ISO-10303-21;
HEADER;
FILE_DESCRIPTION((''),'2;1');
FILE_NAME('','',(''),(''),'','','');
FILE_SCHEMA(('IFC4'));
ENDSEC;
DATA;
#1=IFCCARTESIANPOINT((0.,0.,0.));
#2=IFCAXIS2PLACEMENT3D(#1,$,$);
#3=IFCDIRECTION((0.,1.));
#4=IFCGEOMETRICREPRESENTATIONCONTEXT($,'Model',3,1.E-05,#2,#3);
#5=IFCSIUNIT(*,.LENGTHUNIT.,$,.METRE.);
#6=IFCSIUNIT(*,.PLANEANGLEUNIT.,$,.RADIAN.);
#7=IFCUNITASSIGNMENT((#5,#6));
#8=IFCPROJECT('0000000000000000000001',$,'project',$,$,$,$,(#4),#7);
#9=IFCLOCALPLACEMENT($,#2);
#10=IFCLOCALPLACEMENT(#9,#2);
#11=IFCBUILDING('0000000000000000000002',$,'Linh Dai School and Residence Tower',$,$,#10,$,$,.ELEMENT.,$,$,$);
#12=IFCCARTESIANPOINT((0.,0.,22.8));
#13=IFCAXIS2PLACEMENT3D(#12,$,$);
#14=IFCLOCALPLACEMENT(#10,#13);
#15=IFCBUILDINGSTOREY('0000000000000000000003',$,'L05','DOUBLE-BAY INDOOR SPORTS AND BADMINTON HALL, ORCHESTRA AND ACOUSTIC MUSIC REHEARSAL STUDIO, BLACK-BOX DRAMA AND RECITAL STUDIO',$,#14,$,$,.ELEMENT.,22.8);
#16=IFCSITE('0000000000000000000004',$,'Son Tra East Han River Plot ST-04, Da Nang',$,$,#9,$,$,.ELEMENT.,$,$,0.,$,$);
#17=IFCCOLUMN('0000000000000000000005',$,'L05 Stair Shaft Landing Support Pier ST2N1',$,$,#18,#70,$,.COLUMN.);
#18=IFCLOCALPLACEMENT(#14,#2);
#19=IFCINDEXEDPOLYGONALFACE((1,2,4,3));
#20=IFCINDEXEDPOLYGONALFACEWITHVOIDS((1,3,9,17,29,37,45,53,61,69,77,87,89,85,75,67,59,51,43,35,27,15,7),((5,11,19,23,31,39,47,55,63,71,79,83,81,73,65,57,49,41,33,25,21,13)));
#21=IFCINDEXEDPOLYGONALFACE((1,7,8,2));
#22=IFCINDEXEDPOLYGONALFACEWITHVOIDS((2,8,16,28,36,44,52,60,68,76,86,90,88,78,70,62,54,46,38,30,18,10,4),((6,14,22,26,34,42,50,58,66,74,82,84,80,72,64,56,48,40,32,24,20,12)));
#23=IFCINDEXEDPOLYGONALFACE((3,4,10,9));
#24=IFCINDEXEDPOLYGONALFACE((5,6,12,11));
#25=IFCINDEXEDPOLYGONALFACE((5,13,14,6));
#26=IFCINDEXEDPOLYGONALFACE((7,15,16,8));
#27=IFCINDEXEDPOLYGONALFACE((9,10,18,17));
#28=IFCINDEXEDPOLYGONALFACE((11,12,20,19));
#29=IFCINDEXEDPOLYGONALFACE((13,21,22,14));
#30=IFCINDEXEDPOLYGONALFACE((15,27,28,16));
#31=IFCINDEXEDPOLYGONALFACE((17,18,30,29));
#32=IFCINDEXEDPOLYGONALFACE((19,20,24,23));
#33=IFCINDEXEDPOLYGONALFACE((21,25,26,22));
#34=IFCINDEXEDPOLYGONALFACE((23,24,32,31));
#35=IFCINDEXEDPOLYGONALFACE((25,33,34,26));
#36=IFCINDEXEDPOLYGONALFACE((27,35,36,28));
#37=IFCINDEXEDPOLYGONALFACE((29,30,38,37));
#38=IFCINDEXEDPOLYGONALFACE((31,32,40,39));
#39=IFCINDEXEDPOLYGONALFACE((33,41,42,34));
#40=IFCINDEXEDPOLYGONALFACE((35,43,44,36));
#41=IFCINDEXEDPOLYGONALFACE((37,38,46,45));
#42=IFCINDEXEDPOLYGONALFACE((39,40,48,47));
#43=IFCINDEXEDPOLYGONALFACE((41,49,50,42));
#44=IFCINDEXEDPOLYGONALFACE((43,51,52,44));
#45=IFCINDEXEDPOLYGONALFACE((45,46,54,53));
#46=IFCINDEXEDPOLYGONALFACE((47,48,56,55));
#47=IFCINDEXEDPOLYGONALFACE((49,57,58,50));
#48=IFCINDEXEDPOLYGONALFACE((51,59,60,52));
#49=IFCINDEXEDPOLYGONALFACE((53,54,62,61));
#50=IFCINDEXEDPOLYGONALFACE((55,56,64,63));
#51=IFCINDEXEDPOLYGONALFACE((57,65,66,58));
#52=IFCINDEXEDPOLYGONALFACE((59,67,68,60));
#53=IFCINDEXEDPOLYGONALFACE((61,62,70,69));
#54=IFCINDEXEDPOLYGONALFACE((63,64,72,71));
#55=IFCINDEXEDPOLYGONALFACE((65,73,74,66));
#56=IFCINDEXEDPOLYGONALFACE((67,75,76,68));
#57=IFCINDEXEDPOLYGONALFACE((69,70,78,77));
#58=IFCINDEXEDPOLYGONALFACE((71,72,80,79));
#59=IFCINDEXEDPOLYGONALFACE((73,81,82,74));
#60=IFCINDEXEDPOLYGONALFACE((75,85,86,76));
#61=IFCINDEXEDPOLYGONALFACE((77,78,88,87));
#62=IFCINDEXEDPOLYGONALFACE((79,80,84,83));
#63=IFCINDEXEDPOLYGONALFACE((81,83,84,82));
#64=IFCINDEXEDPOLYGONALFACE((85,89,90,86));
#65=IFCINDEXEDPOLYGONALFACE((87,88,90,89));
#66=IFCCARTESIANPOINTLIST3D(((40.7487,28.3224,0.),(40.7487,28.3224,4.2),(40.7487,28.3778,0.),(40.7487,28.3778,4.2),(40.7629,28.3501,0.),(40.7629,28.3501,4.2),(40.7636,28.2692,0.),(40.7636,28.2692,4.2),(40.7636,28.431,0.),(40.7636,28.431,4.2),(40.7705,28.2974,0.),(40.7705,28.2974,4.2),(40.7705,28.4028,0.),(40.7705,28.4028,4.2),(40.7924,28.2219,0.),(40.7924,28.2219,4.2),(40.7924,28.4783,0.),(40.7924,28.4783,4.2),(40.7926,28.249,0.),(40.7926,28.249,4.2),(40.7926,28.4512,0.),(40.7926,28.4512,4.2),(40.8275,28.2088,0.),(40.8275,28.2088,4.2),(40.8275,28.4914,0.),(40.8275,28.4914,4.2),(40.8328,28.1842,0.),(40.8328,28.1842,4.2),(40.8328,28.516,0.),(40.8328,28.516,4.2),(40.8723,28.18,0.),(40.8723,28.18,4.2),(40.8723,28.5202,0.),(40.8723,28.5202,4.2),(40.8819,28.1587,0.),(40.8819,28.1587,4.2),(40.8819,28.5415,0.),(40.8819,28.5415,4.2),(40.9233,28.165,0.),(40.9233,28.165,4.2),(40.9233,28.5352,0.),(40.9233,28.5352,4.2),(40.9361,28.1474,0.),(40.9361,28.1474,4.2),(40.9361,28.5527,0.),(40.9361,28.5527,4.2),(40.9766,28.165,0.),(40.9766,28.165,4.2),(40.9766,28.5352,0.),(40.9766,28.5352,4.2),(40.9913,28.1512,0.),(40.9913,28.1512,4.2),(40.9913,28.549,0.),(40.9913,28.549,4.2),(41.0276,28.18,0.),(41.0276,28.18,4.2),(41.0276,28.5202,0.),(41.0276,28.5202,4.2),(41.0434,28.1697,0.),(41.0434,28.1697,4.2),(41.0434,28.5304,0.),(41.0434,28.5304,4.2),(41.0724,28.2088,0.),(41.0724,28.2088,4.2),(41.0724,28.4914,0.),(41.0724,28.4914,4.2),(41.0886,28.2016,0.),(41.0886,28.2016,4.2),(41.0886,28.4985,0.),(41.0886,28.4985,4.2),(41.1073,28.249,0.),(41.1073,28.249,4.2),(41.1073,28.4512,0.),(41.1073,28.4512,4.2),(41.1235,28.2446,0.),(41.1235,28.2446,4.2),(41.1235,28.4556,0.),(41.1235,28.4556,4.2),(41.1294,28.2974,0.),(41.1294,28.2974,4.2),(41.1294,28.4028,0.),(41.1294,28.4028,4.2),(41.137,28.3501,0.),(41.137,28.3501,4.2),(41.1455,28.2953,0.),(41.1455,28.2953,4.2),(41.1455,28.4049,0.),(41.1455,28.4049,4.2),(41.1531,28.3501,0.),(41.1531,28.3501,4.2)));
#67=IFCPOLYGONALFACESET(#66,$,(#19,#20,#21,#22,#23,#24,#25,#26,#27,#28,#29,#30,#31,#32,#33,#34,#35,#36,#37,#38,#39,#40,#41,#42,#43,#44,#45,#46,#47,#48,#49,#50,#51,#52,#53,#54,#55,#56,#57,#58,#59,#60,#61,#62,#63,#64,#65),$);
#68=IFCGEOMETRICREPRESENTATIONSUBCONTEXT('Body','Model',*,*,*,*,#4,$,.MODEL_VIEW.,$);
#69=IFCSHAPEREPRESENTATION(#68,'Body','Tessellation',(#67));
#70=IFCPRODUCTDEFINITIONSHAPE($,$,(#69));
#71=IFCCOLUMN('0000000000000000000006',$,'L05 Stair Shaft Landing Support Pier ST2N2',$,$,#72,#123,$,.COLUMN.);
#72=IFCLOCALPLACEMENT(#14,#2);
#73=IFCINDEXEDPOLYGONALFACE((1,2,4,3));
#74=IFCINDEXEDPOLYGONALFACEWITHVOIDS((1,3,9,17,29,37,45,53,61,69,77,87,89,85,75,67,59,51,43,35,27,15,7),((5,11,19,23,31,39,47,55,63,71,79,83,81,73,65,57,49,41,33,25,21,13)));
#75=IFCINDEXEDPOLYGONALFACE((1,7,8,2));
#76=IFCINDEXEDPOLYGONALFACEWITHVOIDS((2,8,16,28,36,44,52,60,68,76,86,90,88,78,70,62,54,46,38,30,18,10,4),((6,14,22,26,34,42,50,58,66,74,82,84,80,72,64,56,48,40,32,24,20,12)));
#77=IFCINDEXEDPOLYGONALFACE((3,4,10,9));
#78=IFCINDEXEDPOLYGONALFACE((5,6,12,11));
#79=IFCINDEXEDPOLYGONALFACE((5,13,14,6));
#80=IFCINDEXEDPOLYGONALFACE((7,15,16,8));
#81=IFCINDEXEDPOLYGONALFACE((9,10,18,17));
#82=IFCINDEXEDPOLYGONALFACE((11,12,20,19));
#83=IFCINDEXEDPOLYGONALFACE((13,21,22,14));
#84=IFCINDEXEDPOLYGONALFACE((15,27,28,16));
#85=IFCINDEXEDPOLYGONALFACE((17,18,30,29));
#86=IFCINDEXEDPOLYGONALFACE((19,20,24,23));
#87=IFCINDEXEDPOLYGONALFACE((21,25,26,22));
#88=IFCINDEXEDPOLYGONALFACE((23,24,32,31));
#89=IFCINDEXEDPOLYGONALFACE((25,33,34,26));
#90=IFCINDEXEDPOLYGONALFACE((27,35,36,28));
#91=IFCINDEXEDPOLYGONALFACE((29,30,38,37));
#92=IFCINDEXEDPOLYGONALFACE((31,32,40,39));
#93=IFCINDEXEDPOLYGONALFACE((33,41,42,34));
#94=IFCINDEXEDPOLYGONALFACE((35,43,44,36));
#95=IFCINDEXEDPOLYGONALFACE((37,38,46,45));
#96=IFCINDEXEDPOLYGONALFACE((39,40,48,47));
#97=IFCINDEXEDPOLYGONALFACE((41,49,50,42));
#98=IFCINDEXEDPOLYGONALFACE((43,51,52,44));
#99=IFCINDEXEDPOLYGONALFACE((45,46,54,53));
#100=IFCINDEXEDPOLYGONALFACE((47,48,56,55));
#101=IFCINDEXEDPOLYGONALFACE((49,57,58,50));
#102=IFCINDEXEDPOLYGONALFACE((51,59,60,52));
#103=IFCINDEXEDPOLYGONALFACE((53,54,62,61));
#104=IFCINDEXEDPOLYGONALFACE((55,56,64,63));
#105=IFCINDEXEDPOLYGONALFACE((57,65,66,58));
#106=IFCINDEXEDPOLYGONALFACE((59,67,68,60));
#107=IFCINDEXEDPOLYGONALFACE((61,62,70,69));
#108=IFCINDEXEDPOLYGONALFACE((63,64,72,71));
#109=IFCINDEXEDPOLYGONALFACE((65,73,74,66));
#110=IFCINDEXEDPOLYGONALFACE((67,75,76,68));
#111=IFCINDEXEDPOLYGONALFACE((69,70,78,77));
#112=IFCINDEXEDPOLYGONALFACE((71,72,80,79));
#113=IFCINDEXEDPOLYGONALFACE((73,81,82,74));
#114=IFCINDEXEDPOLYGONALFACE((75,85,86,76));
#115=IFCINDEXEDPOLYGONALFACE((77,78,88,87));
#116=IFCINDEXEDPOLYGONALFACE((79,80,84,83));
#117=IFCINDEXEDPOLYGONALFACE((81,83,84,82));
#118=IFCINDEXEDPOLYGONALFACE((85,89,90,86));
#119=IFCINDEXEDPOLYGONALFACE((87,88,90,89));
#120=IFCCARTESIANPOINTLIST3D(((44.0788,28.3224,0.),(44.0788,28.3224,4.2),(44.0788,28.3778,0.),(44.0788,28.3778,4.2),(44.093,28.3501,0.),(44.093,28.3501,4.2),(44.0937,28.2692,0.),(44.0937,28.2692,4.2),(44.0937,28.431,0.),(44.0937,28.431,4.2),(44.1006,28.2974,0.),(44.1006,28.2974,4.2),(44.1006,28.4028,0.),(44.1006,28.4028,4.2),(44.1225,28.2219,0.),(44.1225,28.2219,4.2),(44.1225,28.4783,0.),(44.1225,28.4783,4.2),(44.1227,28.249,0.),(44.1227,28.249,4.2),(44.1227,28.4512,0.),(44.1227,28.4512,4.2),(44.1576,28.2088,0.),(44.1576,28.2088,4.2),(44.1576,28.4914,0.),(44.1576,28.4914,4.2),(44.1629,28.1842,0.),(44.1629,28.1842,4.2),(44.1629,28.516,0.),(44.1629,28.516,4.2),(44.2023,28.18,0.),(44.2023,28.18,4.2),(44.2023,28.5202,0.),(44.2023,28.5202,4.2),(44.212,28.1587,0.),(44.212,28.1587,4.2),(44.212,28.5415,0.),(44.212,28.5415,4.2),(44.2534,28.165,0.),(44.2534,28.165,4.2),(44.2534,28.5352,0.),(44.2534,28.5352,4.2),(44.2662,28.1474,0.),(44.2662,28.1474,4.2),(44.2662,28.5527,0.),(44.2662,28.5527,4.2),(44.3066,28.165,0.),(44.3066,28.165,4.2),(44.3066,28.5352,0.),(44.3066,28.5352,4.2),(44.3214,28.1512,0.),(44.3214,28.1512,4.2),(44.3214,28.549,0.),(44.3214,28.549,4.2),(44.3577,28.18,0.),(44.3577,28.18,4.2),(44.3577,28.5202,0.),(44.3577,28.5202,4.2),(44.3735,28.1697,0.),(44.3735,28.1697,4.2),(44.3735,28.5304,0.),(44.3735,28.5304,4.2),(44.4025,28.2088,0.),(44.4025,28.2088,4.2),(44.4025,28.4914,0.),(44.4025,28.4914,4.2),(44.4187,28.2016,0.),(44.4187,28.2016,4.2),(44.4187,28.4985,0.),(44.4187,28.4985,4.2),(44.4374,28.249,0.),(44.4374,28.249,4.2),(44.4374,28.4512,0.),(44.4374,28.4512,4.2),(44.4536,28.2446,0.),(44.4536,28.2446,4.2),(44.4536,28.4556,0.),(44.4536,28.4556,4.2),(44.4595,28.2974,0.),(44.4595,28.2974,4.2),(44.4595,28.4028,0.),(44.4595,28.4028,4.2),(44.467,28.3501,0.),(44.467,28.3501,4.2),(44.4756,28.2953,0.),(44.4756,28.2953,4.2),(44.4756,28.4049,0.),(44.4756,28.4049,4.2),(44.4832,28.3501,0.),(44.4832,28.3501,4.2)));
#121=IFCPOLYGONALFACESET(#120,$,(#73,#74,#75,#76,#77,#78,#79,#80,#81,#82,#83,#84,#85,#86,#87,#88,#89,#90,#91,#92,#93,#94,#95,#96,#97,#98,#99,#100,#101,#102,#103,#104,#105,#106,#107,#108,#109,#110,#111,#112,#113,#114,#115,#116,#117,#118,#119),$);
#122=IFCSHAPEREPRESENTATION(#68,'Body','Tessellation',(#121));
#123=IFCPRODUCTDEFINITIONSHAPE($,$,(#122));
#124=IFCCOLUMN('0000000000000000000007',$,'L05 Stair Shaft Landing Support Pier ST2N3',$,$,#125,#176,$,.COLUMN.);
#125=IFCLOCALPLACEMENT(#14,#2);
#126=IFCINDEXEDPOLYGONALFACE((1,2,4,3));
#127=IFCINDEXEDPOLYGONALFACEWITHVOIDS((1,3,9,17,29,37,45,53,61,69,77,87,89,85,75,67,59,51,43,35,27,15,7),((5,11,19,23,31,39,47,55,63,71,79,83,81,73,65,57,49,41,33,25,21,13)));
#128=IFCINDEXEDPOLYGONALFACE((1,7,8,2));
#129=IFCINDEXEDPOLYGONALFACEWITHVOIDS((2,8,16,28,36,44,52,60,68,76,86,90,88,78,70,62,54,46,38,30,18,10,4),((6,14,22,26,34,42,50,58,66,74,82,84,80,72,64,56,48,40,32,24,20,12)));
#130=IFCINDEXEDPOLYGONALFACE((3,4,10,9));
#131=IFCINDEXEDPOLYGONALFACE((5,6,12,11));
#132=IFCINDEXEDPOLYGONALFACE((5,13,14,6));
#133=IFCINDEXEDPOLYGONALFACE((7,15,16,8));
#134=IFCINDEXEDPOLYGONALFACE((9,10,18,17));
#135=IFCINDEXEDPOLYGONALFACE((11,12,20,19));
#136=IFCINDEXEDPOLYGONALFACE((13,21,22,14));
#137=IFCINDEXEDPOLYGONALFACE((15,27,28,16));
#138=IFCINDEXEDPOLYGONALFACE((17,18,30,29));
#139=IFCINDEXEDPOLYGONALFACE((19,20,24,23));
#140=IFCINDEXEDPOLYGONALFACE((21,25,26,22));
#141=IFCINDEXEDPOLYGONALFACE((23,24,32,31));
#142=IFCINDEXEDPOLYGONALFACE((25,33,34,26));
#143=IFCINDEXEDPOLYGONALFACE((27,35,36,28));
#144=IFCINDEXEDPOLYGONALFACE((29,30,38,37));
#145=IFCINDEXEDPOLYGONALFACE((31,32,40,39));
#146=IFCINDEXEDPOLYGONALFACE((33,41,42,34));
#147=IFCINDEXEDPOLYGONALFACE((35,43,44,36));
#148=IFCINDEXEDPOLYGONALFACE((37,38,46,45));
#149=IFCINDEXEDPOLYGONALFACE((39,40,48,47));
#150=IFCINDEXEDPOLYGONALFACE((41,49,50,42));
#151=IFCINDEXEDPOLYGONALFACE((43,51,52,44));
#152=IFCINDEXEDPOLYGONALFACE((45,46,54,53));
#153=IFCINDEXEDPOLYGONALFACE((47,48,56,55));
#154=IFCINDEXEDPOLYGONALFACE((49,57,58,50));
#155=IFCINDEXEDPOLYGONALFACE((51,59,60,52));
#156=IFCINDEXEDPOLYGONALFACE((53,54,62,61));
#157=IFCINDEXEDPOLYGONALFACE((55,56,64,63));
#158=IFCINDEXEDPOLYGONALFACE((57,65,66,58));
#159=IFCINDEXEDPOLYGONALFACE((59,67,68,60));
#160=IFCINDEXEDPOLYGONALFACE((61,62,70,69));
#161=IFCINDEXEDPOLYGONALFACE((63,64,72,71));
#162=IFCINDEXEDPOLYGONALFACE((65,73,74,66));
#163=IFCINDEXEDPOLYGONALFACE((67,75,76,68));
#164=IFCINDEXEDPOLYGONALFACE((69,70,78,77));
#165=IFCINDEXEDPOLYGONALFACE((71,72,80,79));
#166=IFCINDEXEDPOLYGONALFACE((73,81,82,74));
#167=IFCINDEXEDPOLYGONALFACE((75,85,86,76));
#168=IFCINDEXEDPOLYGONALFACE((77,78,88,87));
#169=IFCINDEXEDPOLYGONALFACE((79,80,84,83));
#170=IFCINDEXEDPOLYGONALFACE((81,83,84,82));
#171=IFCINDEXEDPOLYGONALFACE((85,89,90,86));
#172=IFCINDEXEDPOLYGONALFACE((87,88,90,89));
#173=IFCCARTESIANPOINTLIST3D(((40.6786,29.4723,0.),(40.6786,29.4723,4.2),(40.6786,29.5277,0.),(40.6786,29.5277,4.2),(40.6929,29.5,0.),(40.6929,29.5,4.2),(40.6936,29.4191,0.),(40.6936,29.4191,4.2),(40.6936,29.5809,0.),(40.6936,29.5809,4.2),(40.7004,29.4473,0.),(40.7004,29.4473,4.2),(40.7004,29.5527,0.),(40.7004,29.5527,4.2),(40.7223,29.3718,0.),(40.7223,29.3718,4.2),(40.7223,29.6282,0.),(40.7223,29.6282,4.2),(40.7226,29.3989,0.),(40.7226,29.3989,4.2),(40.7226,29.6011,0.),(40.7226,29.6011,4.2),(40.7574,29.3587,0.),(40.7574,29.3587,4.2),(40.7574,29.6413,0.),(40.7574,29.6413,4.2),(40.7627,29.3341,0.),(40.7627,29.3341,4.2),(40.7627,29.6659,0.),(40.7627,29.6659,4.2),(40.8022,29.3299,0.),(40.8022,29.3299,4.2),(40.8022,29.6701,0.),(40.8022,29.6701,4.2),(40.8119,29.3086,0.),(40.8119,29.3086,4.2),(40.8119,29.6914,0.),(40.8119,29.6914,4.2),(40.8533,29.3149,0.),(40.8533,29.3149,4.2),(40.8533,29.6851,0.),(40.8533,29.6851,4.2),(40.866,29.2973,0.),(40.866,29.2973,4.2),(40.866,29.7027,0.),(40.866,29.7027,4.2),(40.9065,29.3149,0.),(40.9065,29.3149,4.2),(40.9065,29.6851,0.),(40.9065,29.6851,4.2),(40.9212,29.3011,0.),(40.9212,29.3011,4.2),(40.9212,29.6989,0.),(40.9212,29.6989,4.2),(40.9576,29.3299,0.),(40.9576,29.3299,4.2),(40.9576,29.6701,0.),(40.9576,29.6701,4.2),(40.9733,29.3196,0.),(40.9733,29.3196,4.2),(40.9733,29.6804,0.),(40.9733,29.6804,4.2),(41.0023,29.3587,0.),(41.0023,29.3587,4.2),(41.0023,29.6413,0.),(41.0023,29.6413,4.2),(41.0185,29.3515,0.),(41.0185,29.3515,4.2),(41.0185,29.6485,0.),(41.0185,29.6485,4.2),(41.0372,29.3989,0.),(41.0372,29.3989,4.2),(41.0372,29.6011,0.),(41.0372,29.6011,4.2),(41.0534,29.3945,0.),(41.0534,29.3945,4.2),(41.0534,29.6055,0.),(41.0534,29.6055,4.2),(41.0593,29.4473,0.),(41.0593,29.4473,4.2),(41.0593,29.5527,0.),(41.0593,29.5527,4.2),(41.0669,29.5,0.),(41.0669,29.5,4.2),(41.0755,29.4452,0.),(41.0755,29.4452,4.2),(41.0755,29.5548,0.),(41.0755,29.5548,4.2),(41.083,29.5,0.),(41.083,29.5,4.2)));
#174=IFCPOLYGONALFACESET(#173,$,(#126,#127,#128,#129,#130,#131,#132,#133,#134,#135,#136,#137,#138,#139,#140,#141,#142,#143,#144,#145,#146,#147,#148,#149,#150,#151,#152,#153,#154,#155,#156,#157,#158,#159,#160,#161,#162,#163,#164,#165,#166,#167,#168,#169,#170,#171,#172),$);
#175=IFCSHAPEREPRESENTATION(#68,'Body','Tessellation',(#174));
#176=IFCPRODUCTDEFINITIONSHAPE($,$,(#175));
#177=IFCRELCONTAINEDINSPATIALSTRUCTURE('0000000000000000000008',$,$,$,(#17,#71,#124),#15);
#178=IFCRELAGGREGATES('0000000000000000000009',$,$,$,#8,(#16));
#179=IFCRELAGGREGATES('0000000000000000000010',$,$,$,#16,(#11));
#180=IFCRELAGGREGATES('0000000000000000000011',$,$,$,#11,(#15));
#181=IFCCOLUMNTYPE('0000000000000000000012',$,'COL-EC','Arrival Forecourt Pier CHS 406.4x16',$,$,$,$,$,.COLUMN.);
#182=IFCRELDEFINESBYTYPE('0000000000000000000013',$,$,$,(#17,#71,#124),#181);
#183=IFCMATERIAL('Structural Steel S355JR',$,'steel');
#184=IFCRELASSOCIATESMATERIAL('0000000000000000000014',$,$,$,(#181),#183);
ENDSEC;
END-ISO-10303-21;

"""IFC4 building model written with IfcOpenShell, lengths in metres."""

from ifc_helpers import new_model, si_unit, direction, frame, origin, origin_2d, place, context, subcontext, project, spatial, hollow_circle, extrude, material, material_profile, profile_set, type_object, element, save


model = new_model("IFC4")

# Units and contexts
model_context = context("Model", 3, precision=1e-05, world=origin(), true_north=direction((0.0, 1.0)))
body_context = subcontext(model_context, "Body", "Model", "MODEL_VIEW")
ifc_project = project(units=[si_unit("LENGTHUNIT", "METRE"), si_unit("PLANEANGLEUNIT", "RADIAN")], contexts=[model_context])

# Site, building, storey
site_placement = place(None, origin())
site = spatial("IfcSite", under=ifc_project, at=site_placement, Name="Son Tra East Han River Plot ST-04, Da Nang", CompositionType="ELEMENT", RefElevation=0.0)
building_placement = place(site_placement, origin())
building = spatial("IfcBuilding", under=site, at=building_placement, Name="Linh Dai School and Residence Tower", CompositionType="ELEMENT")
storey_placement = place(building_placement, frame((0.0, 0.0, 22.8)))
storey = spatial("IfcBuildingStorey", under=building, at=storey_placement, Name="L05", Description="DOUBLE-BAY INDOOR SPORTS AND BADMINTON HALL, ORCHESTRA AND ACOUSTIC MUSIC REHEARSAL STUDIO, BLACK-BOX DRAMA AND RECITAL STUDIO", CompositionType="ELEMENT", Elevation=22.8)

# Columns
ifc_material_1 = material(Name="Structural Steel S355JR", Category="steel")
ifc_material_profile_1 = material_profile(ifc_material_1, hollow_circle(Radius=0.2031, WallThickness=0.0161, at=origin_2d()), Name="CHS 406.4x16")
ifc_profile_set_1 = profile_set([ifc_material_profile_1], Name="Structural Steel S355JR")
column_type_1 = type_object("IfcColumnType", Name="COL-EC", Description="Arrival Forecourt Pier CHS 406.4x16", PredefinedType="COLUMN", material=ifc_profile_set_1)
for number, where, z_axis, x_axis, name in (
    (1, (40.95, 28.3501, 0.0), (0.0, 0.0, 1.0), (1.0, 0.0, 0.0), "L05 Stair Shaft Landing Support Pier ST2N1"),
    (2, (44.28, 28.3501, 0.0), (0.0, 0.0, 1.0), (1.0, 0.0, 0.0), "L05 Stair Shaft Landing Support Pier ST2N2"),
    (3, (40.8799, 29.5, 0.0), (0.0, 0.0, 1.0), (1.0, 0.0, 0.0), "L05 Stair Shaft Landing Support Pier ST2N3"),
):
    element("IfcColumn", number, at=place(storey_placement, frame(where, z_axis=z_axis, x_axis=x_axis)), inside=storey, type_object=column_type_1, Name=name, PredefinedType="COLUMN", context=body_context, shape_type="SweptSolid", body=[
        extrude(hollow_circle(Radius=0.2031, WallThickness=0.0161, at=origin_2d()), origin(), (0.0, 0.0, 1.0), 4.2),
    ])

save(model, "model.ifc")
